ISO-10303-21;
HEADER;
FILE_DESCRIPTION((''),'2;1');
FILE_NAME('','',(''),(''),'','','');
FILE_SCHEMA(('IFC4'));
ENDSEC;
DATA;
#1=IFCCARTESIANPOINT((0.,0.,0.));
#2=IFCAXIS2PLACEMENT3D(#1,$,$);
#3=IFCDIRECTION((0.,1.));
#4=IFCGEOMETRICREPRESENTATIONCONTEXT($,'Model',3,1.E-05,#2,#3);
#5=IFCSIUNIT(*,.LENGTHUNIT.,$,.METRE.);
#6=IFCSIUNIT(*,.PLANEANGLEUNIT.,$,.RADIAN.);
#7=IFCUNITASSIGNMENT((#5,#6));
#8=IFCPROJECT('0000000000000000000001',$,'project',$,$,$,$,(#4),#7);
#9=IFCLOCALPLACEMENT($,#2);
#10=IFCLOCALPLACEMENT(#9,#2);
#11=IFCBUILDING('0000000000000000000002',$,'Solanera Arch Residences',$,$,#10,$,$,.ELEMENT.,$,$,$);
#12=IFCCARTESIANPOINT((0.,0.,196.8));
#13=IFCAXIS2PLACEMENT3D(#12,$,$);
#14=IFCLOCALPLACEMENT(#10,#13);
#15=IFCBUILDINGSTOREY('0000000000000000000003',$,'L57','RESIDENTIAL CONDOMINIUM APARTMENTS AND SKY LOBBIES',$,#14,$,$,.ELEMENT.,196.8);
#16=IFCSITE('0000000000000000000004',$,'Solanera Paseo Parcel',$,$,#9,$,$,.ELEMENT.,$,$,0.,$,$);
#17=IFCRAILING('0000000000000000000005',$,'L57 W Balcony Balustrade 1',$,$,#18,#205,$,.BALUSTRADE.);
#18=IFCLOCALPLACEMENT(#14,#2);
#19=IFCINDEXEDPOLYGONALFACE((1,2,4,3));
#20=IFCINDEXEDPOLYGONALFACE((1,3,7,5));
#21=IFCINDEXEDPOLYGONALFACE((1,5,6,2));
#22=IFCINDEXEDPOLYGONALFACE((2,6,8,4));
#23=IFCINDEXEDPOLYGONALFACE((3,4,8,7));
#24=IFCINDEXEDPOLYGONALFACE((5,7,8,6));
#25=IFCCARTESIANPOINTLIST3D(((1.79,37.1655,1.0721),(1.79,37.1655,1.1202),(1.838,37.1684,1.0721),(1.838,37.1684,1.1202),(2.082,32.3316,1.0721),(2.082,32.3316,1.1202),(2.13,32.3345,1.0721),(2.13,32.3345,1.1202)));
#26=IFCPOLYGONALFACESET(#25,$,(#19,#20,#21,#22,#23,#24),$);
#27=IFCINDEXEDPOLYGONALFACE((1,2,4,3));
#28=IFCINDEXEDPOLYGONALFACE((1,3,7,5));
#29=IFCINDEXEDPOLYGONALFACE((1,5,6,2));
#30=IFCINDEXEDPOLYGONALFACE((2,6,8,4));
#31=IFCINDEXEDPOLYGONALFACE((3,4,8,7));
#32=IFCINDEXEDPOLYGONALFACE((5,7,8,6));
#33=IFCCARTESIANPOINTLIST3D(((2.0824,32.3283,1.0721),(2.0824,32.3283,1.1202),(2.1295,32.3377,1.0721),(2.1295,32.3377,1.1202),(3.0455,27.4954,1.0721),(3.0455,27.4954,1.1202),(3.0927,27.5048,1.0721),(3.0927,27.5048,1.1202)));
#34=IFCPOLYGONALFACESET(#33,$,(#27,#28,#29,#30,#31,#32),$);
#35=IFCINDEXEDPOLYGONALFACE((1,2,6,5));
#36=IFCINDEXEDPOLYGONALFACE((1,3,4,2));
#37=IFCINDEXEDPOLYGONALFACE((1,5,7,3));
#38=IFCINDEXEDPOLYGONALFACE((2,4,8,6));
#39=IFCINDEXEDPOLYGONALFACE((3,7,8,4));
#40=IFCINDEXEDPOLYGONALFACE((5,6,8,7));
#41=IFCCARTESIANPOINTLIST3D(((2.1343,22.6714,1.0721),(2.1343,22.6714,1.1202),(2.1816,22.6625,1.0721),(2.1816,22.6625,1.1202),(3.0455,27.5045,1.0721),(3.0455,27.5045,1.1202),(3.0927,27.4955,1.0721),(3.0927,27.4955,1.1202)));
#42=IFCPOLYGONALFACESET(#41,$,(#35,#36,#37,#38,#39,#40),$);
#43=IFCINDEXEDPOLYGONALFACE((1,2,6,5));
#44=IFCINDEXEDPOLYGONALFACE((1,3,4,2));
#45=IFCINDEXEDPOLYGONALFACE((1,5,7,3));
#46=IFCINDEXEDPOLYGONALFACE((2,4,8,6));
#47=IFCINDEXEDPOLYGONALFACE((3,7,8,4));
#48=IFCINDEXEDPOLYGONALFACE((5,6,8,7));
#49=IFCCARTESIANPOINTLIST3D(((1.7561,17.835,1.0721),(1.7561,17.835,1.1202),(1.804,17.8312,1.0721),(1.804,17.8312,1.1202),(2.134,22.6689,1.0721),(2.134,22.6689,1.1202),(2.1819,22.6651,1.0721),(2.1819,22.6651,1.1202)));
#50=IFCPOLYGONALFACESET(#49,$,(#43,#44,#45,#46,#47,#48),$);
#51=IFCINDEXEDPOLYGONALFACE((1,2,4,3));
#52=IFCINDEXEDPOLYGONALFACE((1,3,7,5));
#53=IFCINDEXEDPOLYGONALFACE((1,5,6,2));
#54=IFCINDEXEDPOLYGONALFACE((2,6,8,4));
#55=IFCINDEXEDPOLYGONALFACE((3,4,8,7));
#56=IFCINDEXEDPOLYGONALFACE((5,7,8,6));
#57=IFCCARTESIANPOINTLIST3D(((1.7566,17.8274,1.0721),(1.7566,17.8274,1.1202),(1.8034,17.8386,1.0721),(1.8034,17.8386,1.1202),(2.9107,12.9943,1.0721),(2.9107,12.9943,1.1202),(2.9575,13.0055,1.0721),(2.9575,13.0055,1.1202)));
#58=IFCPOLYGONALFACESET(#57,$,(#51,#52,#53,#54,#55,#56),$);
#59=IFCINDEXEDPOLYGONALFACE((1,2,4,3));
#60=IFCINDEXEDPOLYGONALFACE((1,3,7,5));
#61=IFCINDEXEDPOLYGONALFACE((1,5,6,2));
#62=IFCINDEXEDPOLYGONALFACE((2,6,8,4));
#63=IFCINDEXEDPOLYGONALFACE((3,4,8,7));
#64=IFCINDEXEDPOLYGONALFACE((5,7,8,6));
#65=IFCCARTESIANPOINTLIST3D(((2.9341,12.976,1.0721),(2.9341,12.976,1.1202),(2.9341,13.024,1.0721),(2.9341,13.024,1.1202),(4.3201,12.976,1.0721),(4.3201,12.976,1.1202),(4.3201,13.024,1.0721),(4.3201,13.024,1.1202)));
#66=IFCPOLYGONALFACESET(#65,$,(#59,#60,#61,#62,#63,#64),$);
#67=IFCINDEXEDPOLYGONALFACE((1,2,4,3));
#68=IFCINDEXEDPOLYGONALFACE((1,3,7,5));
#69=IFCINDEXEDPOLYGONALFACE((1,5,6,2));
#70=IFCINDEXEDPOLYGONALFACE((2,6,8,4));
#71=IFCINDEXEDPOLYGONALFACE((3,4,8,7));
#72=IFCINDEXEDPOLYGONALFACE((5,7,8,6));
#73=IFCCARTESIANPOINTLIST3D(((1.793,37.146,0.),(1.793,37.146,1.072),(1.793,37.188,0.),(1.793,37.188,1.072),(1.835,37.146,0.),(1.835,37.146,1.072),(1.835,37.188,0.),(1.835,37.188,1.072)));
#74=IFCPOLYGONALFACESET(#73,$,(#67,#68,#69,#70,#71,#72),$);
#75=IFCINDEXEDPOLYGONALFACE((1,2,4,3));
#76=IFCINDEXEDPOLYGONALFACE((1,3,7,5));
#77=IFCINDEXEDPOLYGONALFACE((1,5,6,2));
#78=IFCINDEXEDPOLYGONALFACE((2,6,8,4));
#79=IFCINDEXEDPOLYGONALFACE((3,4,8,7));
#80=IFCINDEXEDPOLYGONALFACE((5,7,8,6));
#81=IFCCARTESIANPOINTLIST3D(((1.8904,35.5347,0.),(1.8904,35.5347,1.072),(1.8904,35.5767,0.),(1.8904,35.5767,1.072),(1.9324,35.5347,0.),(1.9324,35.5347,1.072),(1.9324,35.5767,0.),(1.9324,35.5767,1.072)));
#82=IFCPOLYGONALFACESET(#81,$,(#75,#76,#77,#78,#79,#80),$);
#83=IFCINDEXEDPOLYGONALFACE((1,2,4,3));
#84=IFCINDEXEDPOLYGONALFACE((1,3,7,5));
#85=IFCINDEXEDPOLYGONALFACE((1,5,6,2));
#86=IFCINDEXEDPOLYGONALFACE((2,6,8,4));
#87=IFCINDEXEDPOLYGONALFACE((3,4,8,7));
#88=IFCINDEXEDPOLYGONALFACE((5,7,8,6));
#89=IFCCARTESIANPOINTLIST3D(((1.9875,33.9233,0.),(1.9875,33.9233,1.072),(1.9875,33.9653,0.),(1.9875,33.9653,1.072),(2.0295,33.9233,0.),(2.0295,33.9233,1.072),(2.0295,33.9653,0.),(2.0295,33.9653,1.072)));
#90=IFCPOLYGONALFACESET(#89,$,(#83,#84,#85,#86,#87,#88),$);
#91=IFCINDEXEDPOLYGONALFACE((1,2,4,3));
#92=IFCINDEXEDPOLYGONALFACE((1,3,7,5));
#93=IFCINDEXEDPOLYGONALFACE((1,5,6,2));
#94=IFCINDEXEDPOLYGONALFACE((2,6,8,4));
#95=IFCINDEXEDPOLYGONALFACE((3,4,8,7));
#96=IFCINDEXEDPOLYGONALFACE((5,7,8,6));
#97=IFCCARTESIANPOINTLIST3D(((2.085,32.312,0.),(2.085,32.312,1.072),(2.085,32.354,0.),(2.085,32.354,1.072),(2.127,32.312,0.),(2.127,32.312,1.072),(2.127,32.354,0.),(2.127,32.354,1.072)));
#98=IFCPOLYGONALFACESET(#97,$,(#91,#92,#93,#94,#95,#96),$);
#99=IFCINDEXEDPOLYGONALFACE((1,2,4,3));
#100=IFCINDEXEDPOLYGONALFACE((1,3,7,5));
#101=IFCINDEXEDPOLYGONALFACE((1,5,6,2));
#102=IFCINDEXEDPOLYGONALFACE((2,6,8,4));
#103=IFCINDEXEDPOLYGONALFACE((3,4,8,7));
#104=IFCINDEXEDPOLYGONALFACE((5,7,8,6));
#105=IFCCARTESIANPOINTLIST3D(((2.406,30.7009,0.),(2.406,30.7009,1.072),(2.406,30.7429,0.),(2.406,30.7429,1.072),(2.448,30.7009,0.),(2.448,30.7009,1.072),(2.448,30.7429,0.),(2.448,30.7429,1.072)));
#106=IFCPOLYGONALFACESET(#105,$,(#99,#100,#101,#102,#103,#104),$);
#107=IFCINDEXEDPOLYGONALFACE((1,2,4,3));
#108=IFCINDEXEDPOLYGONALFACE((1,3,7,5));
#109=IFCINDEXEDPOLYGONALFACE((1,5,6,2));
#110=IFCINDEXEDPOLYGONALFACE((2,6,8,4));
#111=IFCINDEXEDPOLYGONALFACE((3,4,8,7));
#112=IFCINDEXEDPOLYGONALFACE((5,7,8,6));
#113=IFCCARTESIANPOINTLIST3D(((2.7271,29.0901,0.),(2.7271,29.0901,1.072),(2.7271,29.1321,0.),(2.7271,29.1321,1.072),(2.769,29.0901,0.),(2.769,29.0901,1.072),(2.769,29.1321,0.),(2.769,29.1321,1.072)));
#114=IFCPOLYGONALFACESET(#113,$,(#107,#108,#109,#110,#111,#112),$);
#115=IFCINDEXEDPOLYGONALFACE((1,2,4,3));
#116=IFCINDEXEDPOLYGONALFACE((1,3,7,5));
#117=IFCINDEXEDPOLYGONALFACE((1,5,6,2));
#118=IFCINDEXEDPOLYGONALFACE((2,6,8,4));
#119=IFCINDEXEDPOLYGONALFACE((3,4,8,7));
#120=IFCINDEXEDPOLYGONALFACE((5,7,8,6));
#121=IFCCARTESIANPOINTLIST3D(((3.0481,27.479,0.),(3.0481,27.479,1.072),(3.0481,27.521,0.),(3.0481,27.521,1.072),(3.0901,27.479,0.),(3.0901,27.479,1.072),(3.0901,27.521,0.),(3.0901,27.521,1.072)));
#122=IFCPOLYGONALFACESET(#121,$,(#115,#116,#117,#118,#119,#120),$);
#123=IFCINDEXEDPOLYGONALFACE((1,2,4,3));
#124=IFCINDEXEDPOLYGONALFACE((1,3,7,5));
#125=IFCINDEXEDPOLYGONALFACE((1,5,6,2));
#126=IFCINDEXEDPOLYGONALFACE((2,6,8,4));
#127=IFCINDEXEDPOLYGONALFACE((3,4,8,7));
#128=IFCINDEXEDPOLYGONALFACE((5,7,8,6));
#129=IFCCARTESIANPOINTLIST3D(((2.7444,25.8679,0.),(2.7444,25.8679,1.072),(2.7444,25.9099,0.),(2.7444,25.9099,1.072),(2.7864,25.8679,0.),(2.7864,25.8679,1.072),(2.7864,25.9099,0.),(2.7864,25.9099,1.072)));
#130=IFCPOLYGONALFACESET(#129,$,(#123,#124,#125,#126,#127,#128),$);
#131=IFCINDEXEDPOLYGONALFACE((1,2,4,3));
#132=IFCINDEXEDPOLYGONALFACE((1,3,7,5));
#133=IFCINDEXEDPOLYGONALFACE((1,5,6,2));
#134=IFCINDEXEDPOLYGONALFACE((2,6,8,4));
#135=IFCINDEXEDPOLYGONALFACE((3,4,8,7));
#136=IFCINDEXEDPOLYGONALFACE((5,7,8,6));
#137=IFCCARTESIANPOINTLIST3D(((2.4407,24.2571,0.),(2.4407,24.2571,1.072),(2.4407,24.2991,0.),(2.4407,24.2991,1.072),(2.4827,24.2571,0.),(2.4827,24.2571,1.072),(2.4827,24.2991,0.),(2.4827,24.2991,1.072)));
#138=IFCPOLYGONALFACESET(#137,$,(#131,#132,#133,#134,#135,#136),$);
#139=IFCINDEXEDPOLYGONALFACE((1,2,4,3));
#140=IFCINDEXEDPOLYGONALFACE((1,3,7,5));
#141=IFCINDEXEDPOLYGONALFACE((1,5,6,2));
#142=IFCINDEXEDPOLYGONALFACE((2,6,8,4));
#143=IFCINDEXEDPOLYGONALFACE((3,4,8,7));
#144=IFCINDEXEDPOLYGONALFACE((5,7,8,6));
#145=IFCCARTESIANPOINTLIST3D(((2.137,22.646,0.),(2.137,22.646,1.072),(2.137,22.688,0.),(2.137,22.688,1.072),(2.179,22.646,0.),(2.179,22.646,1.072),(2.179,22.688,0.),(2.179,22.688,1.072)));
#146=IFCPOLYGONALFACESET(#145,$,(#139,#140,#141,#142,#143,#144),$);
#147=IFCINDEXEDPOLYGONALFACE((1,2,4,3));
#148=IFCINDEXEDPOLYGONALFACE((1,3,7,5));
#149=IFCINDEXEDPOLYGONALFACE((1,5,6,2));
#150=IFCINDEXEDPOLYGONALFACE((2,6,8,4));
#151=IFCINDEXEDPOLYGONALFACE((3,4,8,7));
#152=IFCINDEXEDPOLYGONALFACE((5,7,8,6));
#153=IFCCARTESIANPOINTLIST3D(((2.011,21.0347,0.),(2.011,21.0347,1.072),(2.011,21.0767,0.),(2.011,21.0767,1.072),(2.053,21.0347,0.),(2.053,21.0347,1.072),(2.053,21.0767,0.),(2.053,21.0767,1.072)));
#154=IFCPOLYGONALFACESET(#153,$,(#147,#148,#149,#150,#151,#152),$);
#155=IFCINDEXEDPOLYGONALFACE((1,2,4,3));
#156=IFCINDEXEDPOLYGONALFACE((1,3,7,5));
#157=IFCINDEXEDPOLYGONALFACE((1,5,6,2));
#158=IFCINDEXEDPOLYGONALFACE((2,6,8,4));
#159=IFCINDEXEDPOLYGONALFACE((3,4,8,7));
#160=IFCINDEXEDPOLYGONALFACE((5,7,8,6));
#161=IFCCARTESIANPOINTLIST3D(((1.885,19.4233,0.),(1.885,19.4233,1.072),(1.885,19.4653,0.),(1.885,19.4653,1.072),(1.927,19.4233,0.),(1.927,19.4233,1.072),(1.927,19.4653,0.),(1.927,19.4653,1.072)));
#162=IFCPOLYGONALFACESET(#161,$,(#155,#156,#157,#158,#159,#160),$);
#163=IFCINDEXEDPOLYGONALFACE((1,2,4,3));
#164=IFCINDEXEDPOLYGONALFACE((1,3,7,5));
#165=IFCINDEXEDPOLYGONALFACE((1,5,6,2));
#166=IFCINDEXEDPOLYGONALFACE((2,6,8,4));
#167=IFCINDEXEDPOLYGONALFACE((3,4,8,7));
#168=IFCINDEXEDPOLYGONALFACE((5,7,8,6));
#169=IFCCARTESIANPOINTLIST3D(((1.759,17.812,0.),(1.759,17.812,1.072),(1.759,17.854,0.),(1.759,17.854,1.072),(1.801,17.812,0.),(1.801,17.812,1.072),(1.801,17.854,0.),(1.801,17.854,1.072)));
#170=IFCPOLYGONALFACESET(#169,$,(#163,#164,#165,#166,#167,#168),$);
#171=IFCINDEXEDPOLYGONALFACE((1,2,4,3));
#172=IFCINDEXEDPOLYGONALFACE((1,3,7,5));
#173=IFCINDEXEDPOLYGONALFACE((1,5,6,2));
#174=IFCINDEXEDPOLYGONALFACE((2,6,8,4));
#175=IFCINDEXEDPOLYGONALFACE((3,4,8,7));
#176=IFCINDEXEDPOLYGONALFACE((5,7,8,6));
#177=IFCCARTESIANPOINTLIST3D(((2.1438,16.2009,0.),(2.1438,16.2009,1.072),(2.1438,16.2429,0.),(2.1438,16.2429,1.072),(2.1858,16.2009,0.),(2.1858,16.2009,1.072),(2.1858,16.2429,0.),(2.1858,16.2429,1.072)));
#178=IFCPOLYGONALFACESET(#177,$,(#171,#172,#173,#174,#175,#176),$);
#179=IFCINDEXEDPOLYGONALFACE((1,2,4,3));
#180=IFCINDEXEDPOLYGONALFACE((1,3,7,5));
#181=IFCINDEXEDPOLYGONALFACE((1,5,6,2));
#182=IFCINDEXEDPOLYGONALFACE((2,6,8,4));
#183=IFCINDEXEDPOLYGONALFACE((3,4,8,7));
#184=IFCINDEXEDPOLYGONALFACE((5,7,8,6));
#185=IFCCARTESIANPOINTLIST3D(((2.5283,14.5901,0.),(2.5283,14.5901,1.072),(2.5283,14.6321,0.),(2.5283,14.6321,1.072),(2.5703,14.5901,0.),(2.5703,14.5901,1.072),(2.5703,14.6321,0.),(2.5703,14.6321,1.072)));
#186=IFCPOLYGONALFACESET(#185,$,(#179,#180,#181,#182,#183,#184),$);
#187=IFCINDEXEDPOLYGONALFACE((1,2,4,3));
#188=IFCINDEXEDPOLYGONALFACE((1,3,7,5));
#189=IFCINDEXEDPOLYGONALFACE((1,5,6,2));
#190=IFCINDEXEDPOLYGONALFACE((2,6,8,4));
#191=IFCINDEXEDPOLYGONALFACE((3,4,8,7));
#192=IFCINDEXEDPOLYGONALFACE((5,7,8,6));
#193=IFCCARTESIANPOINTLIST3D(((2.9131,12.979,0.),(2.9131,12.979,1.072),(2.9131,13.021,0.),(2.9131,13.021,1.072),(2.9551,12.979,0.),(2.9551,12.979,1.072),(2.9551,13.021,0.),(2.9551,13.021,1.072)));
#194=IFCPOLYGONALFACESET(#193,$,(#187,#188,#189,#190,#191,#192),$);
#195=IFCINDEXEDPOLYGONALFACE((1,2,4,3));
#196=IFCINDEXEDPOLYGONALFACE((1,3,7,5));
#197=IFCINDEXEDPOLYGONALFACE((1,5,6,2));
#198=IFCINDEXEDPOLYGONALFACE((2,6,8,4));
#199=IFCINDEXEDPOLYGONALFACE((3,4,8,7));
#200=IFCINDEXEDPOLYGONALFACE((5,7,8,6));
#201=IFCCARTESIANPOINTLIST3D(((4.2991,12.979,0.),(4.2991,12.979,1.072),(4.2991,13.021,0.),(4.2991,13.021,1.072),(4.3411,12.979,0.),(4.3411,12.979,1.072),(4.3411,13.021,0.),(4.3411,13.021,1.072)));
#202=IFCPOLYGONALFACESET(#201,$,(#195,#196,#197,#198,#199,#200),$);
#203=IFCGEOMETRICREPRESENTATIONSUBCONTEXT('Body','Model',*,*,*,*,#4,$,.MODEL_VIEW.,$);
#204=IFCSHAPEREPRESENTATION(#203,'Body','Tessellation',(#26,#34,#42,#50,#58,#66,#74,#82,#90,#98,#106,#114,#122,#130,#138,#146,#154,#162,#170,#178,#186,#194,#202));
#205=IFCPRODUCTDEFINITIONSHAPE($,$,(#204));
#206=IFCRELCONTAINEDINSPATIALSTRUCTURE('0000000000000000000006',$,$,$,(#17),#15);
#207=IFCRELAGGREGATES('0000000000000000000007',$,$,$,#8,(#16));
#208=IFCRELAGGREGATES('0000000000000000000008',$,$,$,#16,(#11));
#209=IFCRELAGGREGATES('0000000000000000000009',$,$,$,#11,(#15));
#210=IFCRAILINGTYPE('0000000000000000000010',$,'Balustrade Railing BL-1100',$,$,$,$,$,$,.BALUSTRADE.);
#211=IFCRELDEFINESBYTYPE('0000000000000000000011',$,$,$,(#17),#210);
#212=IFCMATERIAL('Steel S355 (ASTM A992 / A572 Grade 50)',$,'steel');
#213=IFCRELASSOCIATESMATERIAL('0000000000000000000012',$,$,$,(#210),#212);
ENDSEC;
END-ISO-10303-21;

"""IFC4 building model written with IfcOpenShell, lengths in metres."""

from ifc_helpers import new_model, si_unit, direction, frame, origin, origin_2d, place, context, subcontext, project, spatial, rectangle, extrude, material, type_object, element, save


model = new_model("IFC4")

# Units and contexts
model_context = context("Model", 3, precision=1e-05, world=origin(), true_north=direction((0.0, 1.0)))
body_context = subcontext(model_context, "Body", "Model", "MODEL_VIEW")
ifc_project = project(units=[si_unit("LENGTHUNIT", "METRE"), si_unit("PLANEANGLEUNIT", "RADIAN")], contexts=[model_context])

# Site, building, storey
site_placement = place(None, origin())
site = spatial("IfcSite", under=ifc_project, at=site_placement, Name="Solanera Paseo Parcel", CompositionType="ELEMENT", RefElevation=0.0)
building_placement = place(site_placement, origin())
building = spatial("IfcBuilding", under=site, at=building_placement, Name="Solanera Arch Residences", CompositionType="ELEMENT")
storey_placement = place(building_placement, frame((0.0, 0.0, 196.8)))
storey = spatial("IfcBuildingStorey", under=building, at=storey_placement, Name="L57", Description="RESIDENTIAL CONDOMINIUM APARTMENTS AND SKY LOBBIES", CompositionType="ELEMENT", Elevation=196.8)

# Railing
ifc_material_1 = material(Name="Steel S355 (ASTM A992 / A572 Grade 50)", Category="steel")
railing_type = type_object("IfcRailingType", Name="Balustrade Railing BL-1100", PredefinedType="BALUSTRADE", material=ifc_material_1)
railing_placement = place(storey_placement, frame((1.814, 37.167, 0.0)))
element("IfcRailing", 1, at=railing_placement, inside=storey, type_object=railing_type, Name="L57 W Balcony Balustrade 1", PredefinedType="BALUSTRADE", context=body_context, shape_type="SweptSolid", body=[
    extrude(rectangle(XDim=0.0481, YDim=0.0481, at=origin_2d()), frame((0.0, 0.0, 1.0962), z_axis=(0.060294, -0.998181, 0.0), x_axis=(0.998181, 0.060294, 0.0)), (0.0, 0.0, 1.0), 4.8428),
    extrude(rectangle(XDim=0.0481, YDim=0.0481, at=origin_2d()), frame((0.292, -4.834, 1.0962), z_axis=(0.19544, -0.980716, 0.0), x_axis=(0.980716, 0.19544, 0.0)), (0.0, 0.0, 1.0), 4.928),
    extrude(rectangle(XDim=0.0481, YDim=0.0481, at=origin_2d()), frame((1.2551, -9.667, 1.0962), z_axis=(-0.18526, -0.98269, 0.0), x_axis=(0.98269, -0.18526, 0.0)), (0.0, 0.0, 1.0), 4.9182),
    extrude(rectangle(XDim=0.0481, YDim=0.0481, at=origin_2d()), frame((0.344, -14.5, 1.0962), z_axis=(-0.077944, -0.996958, 0.0), x_axis=(0.996958, -0.077944, 0.0)), (0.0, 0.0, 1.0), 4.8486),
    extrude(rectangle(XDim=0.0481, YDim=0.0481, at=origin_2d()), frame((-0.0339, -19.334, 1.0962), z_axis=(0.232256, -0.972655, 0.0), x_axis=(0.972655, 0.232256, 0.0)), (0.0, 0.0, 1.0), 4.969),
    extrude(rectangle(XDim=0.0481, YDim=0.0481, at=origin_2d()), frame((1.1201, -24.167, 1.0962), z_axis=(1.0, 0.0, 0.0), x_axis=(0.0, 1.0, 0.0)), (0.0, 0.0, 1.0), 1.386),
    extrude(rectangle(XDim=0.042, YDim=0.042, at=origin_2d()), origin(), (0.0, 0.0, 1.0), 1.072),
    extrude(rectangle(XDim=0.042, YDim=0.042, at=origin_2d()), frame((0.0974, -1.6113, 0.0)), (0.0, 0.0, 1.0), 1.072),
    extrude(rectangle(XDim=0.042, YDim=0.042, at=origin_2d()), frame((0.1946, -3.2227, 0.0)), (0.0, 0.0, 1.0), 1.072),
    extrude(rectangle(XDim=0.042, YDim=0.042, at=origin_2d()), frame((0.292, -4.834, 0.0)), (0.0, 0.0, 1.0), 1.072),
    extrude(rectangle(XDim=0.042, YDim=0.042, at=origin_2d()), frame((0.613, -6.4451, 0.0)), (0.0, 0.0, 1.0), 1.072),
    extrude(rectangle(XDim=0.042, YDim=0.042, at=origin_2d()), frame((0.9341, -8.0559, 0.0)), (0.0, 0.0, 1.0), 1.072),
    extrude(rectangle(XDim=0.042, YDim=0.042, at=origin_2d()), frame((1.2551, -9.667, 0.0)), (0.0, 0.0, 1.0), 1.072),
    extrude(rectangle(XDim=0.042, YDim=0.042, at=origin_2d()), frame((0.9514, -11.2781, 0.0)), (0.0, 0.0, 1.0), 1.072),
    extrude(rectangle(XDim=0.042, YDim=0.042, at=origin_2d()), frame((0.6477, -12.8889, 0.0)), (0.0, 0.0, 1.0), 1.072),
    extrude(rectangle(XDim=0.042, YDim=0.042, at=origin_2d()), frame((0.344, -14.5, 0.0)), (0.0, 0.0, 1.0), 1.072),
    extrude(rectangle(XDim=0.042, YDim=0.042, at=origin_2d()), frame((0.218, -16.1113, 0.0)), (0.0, 0.0, 1.0), 1.072),
    extrude(rectangle(XDim=0.042, YDim=0.042, at=origin_2d()), frame((0.092, -17.7227, 0.0)), (0.0, 0.0, 1.0), 1.072),
    extrude(rectangle(XDim=0.042, YDim=0.042, at=origin_2d()), frame((-0.0339, -19.334, 0.0)), (0.0, 0.0, 1.0), 1.072),
    extrude(rectangle(XDim=0.042, YDim=0.042, at=origin_2d()), frame((0.3508, -20.9451, 0.0)), (0.0, 0.0, 1.0), 1.072),
    extrude(rectangle(XDim=0.042, YDim=0.042, at=origin_2d()), frame((0.7354, -22.5559, 0.0)), (0.0, 0.0, 1.0), 1.072),
    extrude(rectangle(XDim=0.042, YDim=0.042, at=origin_2d()), frame((1.1201, -24.167, 0.0)), (0.0, 0.0, 1.0), 1.072),
    extrude(rectangle(XDim=0.042, YDim=0.042, at=origin_2d()), frame((2.5061, -24.167, 0.0)), (0.0, 0.0, 1.0), 1.072),
])

save(model, "model.ifc")
